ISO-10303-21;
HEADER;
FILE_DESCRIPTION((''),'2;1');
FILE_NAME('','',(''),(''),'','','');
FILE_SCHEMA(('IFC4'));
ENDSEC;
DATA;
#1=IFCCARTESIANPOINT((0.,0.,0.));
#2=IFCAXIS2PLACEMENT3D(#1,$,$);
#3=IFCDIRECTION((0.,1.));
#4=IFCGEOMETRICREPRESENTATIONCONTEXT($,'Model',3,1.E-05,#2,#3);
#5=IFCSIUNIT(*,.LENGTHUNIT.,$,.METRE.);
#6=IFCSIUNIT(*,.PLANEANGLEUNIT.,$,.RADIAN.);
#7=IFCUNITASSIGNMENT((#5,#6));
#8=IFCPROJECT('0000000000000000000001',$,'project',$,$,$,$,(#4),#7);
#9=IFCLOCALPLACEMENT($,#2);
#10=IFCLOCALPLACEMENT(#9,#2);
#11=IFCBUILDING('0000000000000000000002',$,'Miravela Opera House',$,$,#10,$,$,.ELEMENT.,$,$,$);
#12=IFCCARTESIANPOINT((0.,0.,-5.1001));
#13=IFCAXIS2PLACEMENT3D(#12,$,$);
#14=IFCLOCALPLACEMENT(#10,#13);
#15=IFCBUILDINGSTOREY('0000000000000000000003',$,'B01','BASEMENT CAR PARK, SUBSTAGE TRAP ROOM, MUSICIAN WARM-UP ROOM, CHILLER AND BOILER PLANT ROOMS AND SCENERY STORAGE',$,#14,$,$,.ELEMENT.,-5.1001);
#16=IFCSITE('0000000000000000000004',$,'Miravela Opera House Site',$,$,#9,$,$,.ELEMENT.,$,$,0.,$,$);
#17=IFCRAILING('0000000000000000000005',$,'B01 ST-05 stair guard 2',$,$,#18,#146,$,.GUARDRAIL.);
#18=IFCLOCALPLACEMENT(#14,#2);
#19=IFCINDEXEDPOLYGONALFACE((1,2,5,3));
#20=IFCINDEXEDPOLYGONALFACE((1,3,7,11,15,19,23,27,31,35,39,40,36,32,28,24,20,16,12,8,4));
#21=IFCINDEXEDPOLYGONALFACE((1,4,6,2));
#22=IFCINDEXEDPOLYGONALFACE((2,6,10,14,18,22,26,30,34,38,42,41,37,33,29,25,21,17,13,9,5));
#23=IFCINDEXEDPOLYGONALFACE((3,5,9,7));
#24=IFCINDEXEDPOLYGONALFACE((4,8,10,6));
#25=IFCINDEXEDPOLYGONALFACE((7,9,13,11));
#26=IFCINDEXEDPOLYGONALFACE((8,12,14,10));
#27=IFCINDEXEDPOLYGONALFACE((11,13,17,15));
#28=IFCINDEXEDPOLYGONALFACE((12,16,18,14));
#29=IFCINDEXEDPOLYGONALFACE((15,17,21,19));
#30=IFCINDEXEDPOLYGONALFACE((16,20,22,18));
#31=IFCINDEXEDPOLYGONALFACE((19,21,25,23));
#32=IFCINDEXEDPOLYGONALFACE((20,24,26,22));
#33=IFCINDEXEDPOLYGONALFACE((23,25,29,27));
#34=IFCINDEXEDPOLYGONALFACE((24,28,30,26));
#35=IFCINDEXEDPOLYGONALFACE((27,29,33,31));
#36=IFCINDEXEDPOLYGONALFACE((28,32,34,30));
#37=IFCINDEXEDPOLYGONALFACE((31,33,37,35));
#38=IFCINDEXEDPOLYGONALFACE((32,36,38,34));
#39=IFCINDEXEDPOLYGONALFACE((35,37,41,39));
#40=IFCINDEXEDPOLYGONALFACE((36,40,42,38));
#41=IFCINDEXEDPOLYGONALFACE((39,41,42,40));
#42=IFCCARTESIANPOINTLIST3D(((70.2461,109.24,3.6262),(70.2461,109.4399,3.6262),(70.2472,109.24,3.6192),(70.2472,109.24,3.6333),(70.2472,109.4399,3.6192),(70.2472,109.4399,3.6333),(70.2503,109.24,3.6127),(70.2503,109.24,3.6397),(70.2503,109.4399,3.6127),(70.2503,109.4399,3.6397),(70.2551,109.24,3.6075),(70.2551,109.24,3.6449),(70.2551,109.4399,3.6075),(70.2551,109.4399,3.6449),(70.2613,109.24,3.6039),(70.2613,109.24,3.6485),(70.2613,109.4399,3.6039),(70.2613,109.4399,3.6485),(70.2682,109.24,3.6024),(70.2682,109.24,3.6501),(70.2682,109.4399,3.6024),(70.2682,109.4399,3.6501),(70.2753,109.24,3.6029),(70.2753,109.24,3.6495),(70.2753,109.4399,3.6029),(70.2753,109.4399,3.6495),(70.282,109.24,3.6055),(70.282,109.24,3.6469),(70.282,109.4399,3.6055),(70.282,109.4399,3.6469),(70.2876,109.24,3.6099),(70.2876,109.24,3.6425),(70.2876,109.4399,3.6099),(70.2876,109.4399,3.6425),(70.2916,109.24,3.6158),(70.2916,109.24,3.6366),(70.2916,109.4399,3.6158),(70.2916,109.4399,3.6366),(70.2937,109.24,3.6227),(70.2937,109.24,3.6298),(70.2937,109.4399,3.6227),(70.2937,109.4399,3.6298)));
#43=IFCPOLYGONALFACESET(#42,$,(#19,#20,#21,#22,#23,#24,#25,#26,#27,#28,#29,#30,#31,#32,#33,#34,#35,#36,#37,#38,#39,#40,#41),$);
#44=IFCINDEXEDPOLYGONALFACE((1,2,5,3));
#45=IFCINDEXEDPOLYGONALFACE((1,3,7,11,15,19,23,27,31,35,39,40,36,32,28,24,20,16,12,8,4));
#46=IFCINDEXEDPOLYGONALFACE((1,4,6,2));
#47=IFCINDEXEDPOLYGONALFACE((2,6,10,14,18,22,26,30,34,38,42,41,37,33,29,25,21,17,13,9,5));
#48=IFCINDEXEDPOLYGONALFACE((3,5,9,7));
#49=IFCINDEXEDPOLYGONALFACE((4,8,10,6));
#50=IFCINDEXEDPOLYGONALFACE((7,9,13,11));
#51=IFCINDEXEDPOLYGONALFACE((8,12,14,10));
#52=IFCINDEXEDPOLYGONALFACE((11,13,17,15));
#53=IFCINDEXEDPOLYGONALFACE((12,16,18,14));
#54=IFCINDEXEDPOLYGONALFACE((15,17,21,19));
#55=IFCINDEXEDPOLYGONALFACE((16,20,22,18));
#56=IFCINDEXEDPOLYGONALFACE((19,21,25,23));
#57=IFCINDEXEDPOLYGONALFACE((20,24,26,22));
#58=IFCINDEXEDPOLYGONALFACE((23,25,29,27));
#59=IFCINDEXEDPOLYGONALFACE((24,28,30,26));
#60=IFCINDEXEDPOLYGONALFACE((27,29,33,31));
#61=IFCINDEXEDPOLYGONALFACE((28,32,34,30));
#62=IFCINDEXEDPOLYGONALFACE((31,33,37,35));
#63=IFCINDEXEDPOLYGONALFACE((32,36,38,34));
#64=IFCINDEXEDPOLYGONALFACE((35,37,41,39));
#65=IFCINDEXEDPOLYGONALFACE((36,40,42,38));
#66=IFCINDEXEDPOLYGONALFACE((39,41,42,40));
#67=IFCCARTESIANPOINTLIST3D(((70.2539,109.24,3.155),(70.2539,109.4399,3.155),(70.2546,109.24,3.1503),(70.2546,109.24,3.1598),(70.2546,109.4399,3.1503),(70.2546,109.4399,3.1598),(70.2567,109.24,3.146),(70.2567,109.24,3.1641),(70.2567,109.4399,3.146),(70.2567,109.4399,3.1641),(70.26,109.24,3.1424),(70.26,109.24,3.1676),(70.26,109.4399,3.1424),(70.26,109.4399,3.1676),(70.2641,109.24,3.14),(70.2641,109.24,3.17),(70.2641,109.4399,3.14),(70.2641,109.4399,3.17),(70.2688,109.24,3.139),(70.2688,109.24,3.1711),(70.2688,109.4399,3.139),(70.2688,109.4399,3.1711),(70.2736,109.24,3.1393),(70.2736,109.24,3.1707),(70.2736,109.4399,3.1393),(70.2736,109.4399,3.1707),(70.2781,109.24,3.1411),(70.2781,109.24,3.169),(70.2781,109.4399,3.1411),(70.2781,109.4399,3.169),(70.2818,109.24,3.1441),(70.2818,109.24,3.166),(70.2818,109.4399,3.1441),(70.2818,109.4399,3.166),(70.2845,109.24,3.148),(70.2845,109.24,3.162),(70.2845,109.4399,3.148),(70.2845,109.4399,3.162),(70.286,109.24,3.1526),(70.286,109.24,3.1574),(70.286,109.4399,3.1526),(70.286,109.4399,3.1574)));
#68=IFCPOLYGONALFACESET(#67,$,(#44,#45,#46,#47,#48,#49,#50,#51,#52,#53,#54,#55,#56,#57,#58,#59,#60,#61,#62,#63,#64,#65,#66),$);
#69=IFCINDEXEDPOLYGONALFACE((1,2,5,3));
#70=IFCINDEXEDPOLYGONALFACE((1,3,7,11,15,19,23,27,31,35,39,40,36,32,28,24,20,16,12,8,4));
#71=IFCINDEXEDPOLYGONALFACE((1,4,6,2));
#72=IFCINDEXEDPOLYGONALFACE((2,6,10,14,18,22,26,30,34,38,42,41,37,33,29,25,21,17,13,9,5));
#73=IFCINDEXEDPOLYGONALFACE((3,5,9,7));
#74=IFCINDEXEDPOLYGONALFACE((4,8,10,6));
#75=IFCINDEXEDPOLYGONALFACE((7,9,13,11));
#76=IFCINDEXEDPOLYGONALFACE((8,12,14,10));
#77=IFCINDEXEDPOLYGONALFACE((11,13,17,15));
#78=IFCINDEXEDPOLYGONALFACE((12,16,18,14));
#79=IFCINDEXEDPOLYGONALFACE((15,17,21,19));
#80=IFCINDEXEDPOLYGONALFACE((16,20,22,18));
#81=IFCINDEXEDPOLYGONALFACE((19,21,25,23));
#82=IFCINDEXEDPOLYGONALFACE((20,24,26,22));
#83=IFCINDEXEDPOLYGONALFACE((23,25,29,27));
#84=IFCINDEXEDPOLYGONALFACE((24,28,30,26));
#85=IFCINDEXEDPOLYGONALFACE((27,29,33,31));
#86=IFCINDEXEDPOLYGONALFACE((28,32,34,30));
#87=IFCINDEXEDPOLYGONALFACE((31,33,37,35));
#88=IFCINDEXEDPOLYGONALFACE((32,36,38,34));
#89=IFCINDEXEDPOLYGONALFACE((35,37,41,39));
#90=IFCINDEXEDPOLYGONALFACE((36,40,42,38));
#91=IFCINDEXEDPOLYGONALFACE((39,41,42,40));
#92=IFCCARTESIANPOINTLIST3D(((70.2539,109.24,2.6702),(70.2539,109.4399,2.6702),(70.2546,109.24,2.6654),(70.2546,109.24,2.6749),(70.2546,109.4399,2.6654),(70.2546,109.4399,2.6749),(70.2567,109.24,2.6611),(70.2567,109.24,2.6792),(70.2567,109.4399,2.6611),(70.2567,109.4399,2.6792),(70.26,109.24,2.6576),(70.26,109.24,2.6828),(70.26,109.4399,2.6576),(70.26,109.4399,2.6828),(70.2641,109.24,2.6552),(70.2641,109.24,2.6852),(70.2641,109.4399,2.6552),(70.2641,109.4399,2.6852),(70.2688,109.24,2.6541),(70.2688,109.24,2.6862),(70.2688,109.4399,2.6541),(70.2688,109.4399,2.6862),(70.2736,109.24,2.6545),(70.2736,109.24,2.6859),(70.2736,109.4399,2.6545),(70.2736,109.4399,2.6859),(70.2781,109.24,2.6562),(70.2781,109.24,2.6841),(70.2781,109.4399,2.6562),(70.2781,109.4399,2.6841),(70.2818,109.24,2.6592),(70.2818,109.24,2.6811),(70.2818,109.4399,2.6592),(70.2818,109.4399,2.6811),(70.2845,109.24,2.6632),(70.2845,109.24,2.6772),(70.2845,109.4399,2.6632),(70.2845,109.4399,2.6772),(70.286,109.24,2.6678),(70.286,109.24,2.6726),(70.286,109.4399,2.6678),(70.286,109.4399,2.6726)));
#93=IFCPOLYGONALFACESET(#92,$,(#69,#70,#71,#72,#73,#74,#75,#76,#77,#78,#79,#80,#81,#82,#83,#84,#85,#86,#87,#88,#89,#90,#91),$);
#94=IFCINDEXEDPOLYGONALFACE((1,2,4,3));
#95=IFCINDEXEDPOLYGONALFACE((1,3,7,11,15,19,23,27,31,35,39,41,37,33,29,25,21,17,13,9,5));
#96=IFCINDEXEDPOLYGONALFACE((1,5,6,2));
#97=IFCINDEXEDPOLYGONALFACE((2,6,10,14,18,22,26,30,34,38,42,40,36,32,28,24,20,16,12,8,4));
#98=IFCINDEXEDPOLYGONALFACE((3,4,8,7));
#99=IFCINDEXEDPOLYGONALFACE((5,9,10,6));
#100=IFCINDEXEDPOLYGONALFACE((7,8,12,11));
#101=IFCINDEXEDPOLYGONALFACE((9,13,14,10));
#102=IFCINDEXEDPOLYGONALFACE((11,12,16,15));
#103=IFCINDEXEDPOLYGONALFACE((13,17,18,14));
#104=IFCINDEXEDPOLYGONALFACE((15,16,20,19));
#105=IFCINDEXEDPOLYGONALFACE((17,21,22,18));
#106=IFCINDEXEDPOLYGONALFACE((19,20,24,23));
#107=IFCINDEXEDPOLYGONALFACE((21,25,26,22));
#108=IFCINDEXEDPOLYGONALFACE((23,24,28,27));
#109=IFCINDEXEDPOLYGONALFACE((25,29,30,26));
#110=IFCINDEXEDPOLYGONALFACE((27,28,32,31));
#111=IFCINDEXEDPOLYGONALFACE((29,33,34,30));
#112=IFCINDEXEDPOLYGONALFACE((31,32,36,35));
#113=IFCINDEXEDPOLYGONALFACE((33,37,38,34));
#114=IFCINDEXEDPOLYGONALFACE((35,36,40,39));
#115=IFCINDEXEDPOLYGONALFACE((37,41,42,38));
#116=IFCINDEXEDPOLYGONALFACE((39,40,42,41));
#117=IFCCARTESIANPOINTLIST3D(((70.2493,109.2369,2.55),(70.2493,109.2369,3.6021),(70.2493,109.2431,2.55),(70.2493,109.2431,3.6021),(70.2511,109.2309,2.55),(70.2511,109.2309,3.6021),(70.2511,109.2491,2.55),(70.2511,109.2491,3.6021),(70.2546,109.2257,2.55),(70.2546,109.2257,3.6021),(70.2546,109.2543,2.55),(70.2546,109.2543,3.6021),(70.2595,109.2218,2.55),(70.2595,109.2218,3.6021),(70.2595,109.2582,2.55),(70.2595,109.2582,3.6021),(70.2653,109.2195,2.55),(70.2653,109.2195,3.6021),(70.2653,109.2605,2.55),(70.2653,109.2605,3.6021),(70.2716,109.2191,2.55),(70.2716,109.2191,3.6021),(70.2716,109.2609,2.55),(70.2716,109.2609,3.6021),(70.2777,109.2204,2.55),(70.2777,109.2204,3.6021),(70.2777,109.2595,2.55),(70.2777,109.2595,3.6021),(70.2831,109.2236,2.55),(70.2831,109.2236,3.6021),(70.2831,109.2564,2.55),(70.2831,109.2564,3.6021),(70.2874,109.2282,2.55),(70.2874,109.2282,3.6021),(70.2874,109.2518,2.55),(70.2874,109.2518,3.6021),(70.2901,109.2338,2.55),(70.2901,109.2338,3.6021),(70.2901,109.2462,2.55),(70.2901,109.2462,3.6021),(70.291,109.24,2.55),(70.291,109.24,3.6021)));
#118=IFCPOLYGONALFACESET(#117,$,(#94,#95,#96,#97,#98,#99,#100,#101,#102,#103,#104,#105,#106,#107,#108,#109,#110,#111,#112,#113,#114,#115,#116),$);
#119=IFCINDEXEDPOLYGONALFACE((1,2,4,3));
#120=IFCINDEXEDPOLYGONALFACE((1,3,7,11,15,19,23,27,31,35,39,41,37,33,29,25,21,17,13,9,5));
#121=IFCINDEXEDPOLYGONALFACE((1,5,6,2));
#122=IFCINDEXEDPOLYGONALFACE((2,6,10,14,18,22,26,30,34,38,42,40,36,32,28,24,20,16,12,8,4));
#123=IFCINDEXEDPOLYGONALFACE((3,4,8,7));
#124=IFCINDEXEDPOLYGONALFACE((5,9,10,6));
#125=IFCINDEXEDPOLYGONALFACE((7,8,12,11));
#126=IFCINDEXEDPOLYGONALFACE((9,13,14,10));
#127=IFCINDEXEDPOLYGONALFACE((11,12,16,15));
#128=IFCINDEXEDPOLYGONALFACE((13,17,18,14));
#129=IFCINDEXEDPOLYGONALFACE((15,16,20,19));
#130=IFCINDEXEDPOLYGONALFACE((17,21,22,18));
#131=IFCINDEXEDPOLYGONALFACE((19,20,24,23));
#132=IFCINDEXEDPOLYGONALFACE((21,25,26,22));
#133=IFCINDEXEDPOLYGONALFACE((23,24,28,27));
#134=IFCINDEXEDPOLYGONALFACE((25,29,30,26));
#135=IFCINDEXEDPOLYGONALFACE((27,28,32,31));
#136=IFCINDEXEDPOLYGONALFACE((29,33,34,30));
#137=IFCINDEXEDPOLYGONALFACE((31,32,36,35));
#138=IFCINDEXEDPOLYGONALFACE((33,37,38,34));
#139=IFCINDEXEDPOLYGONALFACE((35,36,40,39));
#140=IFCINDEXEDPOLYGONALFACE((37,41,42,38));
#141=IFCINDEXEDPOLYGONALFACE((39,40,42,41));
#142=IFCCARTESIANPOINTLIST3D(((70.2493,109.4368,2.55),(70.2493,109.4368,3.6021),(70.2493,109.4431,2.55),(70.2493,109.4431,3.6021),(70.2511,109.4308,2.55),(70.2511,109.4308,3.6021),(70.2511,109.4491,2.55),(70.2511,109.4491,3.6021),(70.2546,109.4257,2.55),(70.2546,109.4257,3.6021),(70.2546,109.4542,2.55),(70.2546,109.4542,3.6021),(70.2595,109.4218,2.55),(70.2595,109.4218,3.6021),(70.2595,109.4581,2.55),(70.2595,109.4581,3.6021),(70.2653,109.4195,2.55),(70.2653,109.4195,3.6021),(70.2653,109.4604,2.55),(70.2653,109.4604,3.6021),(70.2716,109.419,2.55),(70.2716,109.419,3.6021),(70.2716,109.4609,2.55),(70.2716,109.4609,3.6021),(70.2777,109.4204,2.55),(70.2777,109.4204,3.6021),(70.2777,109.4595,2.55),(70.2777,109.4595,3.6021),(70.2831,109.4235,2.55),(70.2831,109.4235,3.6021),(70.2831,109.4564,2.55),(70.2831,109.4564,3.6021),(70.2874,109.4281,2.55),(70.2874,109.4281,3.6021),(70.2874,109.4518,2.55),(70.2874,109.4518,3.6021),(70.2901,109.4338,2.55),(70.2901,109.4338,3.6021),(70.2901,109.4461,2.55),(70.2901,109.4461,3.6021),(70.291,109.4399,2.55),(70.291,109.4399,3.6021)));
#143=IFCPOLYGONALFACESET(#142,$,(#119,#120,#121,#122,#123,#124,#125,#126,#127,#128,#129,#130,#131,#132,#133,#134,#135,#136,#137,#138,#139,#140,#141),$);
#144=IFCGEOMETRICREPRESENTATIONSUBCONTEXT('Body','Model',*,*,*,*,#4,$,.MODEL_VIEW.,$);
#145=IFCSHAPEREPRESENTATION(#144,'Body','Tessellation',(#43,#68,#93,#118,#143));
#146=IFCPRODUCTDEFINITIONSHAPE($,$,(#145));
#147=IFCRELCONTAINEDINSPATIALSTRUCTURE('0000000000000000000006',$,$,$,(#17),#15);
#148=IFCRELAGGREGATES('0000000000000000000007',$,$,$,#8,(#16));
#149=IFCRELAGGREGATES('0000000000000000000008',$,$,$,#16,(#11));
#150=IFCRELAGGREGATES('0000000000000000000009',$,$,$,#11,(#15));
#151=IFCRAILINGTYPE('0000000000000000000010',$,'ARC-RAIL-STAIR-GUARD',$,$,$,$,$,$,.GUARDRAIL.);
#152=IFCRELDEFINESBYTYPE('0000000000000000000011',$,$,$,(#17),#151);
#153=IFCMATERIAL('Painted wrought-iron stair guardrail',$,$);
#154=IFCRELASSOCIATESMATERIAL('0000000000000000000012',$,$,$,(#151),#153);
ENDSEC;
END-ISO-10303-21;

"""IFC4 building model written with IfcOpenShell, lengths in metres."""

from ifc_helpers import new_model, si_unit, direction, frame, origin, origin_2d, place, context, subcontext, project, spatial, circle, extrude, material, type_object, element, save


model = new_model("IFC4")

# Units and contexts
model_context = context("Model", 3, precision=1e-05, world=origin(), true_north=direction((0.0, 1.0)))
body_context = subcontext(model_context, "Body", "Model", "MODEL_VIEW")
ifc_project = project(units=[si_unit("LENGTHUNIT", "METRE"), si_unit("PLANEANGLEUNIT", "RADIAN")], contexts=[model_context])

# Site, building, storey
site_placement = place(None, origin())
site = spatial("IfcSite", under=ifc_project, at=site_placement, Name="Miravela Opera House Site", CompositionType="ELEMENT", RefElevation=0.0)
building_placement = place(site_placement, origin())
building = spatial("IfcBuilding", under=site, at=building_placement, Name="Miravela Opera House", CompositionType="ELEMENT")
storey_placement = place(building_placement, frame((0.0, 0.0, -5.1001)))
storey = spatial("IfcBuildingStorey", under=building, at=storey_placement, Name="B01", Description="BASEMENT CAR PARK, SUBSTAGE TRAP ROOM, MUSICIAN WARM-UP ROOM, CHILLER AND BOILER PLANT ROOMS AND SCENERY STORAGE", CompositionType="ELEMENT", Elevation=-5.1001)

# Railing
ifc_material_1 = material(Name="Painted wrought-iron stair guardrail")
railing_type_1 = type_object("IfcRailingType", Name="ARC-RAIL-STAIR-GUARD", PredefinedType="GUARDRAIL", material=ifc_material_1)
railing_1_placement = place(storey_placement, frame((70.27, 109.24, 2.55)))
element("IfcRailing", 1, at=railing_1_placement, inside=storey, type_object=railing_type_1, Name="B01 ST-05 stair guard 2", PredefinedType="GUARDRAIL", context=body_context, shape_type="SweptSolid", body=[
    extrude(circle(Radius=0.0239, at=origin_2d()), frame((0.0, 0.0, 1.0762), z_axis=(0.0, 1.0, 0.0), x_axis=(-1.0, 0.0, 0.0)), (0.0, 0.0, 1.0), 0.2),
    extrude(circle(Radius=0.0161, at=origin_2d()), frame((0.0, 0.0, 0.605), z_axis=(0.0, 1.0, 0.0), x_axis=(-1.0, 0.0, 0.0)), (0.0, 0.0, 1.0), 0.2),
    extrude(circle(Radius=0.0161, at=origin_2d()), frame((0.0, 0.0, 0.1201), z_axis=(0.0, 1.0, 0.0), x_axis=(-1.0, 0.0, 0.0)), (0.0, 0.0, 1.0), 0.2),
    extrude(circle(Radius=0.021, at=origin_2d()), origin(), (0.0, 0.0, 1.0), 1.052),
    extrude(circle(Radius=0.021, at=origin_2d()), frame((0.0, 0.2, 0.0)), (0.0, 0.0, 1.0), 1.052),
])

save(model, "model.ifc")
